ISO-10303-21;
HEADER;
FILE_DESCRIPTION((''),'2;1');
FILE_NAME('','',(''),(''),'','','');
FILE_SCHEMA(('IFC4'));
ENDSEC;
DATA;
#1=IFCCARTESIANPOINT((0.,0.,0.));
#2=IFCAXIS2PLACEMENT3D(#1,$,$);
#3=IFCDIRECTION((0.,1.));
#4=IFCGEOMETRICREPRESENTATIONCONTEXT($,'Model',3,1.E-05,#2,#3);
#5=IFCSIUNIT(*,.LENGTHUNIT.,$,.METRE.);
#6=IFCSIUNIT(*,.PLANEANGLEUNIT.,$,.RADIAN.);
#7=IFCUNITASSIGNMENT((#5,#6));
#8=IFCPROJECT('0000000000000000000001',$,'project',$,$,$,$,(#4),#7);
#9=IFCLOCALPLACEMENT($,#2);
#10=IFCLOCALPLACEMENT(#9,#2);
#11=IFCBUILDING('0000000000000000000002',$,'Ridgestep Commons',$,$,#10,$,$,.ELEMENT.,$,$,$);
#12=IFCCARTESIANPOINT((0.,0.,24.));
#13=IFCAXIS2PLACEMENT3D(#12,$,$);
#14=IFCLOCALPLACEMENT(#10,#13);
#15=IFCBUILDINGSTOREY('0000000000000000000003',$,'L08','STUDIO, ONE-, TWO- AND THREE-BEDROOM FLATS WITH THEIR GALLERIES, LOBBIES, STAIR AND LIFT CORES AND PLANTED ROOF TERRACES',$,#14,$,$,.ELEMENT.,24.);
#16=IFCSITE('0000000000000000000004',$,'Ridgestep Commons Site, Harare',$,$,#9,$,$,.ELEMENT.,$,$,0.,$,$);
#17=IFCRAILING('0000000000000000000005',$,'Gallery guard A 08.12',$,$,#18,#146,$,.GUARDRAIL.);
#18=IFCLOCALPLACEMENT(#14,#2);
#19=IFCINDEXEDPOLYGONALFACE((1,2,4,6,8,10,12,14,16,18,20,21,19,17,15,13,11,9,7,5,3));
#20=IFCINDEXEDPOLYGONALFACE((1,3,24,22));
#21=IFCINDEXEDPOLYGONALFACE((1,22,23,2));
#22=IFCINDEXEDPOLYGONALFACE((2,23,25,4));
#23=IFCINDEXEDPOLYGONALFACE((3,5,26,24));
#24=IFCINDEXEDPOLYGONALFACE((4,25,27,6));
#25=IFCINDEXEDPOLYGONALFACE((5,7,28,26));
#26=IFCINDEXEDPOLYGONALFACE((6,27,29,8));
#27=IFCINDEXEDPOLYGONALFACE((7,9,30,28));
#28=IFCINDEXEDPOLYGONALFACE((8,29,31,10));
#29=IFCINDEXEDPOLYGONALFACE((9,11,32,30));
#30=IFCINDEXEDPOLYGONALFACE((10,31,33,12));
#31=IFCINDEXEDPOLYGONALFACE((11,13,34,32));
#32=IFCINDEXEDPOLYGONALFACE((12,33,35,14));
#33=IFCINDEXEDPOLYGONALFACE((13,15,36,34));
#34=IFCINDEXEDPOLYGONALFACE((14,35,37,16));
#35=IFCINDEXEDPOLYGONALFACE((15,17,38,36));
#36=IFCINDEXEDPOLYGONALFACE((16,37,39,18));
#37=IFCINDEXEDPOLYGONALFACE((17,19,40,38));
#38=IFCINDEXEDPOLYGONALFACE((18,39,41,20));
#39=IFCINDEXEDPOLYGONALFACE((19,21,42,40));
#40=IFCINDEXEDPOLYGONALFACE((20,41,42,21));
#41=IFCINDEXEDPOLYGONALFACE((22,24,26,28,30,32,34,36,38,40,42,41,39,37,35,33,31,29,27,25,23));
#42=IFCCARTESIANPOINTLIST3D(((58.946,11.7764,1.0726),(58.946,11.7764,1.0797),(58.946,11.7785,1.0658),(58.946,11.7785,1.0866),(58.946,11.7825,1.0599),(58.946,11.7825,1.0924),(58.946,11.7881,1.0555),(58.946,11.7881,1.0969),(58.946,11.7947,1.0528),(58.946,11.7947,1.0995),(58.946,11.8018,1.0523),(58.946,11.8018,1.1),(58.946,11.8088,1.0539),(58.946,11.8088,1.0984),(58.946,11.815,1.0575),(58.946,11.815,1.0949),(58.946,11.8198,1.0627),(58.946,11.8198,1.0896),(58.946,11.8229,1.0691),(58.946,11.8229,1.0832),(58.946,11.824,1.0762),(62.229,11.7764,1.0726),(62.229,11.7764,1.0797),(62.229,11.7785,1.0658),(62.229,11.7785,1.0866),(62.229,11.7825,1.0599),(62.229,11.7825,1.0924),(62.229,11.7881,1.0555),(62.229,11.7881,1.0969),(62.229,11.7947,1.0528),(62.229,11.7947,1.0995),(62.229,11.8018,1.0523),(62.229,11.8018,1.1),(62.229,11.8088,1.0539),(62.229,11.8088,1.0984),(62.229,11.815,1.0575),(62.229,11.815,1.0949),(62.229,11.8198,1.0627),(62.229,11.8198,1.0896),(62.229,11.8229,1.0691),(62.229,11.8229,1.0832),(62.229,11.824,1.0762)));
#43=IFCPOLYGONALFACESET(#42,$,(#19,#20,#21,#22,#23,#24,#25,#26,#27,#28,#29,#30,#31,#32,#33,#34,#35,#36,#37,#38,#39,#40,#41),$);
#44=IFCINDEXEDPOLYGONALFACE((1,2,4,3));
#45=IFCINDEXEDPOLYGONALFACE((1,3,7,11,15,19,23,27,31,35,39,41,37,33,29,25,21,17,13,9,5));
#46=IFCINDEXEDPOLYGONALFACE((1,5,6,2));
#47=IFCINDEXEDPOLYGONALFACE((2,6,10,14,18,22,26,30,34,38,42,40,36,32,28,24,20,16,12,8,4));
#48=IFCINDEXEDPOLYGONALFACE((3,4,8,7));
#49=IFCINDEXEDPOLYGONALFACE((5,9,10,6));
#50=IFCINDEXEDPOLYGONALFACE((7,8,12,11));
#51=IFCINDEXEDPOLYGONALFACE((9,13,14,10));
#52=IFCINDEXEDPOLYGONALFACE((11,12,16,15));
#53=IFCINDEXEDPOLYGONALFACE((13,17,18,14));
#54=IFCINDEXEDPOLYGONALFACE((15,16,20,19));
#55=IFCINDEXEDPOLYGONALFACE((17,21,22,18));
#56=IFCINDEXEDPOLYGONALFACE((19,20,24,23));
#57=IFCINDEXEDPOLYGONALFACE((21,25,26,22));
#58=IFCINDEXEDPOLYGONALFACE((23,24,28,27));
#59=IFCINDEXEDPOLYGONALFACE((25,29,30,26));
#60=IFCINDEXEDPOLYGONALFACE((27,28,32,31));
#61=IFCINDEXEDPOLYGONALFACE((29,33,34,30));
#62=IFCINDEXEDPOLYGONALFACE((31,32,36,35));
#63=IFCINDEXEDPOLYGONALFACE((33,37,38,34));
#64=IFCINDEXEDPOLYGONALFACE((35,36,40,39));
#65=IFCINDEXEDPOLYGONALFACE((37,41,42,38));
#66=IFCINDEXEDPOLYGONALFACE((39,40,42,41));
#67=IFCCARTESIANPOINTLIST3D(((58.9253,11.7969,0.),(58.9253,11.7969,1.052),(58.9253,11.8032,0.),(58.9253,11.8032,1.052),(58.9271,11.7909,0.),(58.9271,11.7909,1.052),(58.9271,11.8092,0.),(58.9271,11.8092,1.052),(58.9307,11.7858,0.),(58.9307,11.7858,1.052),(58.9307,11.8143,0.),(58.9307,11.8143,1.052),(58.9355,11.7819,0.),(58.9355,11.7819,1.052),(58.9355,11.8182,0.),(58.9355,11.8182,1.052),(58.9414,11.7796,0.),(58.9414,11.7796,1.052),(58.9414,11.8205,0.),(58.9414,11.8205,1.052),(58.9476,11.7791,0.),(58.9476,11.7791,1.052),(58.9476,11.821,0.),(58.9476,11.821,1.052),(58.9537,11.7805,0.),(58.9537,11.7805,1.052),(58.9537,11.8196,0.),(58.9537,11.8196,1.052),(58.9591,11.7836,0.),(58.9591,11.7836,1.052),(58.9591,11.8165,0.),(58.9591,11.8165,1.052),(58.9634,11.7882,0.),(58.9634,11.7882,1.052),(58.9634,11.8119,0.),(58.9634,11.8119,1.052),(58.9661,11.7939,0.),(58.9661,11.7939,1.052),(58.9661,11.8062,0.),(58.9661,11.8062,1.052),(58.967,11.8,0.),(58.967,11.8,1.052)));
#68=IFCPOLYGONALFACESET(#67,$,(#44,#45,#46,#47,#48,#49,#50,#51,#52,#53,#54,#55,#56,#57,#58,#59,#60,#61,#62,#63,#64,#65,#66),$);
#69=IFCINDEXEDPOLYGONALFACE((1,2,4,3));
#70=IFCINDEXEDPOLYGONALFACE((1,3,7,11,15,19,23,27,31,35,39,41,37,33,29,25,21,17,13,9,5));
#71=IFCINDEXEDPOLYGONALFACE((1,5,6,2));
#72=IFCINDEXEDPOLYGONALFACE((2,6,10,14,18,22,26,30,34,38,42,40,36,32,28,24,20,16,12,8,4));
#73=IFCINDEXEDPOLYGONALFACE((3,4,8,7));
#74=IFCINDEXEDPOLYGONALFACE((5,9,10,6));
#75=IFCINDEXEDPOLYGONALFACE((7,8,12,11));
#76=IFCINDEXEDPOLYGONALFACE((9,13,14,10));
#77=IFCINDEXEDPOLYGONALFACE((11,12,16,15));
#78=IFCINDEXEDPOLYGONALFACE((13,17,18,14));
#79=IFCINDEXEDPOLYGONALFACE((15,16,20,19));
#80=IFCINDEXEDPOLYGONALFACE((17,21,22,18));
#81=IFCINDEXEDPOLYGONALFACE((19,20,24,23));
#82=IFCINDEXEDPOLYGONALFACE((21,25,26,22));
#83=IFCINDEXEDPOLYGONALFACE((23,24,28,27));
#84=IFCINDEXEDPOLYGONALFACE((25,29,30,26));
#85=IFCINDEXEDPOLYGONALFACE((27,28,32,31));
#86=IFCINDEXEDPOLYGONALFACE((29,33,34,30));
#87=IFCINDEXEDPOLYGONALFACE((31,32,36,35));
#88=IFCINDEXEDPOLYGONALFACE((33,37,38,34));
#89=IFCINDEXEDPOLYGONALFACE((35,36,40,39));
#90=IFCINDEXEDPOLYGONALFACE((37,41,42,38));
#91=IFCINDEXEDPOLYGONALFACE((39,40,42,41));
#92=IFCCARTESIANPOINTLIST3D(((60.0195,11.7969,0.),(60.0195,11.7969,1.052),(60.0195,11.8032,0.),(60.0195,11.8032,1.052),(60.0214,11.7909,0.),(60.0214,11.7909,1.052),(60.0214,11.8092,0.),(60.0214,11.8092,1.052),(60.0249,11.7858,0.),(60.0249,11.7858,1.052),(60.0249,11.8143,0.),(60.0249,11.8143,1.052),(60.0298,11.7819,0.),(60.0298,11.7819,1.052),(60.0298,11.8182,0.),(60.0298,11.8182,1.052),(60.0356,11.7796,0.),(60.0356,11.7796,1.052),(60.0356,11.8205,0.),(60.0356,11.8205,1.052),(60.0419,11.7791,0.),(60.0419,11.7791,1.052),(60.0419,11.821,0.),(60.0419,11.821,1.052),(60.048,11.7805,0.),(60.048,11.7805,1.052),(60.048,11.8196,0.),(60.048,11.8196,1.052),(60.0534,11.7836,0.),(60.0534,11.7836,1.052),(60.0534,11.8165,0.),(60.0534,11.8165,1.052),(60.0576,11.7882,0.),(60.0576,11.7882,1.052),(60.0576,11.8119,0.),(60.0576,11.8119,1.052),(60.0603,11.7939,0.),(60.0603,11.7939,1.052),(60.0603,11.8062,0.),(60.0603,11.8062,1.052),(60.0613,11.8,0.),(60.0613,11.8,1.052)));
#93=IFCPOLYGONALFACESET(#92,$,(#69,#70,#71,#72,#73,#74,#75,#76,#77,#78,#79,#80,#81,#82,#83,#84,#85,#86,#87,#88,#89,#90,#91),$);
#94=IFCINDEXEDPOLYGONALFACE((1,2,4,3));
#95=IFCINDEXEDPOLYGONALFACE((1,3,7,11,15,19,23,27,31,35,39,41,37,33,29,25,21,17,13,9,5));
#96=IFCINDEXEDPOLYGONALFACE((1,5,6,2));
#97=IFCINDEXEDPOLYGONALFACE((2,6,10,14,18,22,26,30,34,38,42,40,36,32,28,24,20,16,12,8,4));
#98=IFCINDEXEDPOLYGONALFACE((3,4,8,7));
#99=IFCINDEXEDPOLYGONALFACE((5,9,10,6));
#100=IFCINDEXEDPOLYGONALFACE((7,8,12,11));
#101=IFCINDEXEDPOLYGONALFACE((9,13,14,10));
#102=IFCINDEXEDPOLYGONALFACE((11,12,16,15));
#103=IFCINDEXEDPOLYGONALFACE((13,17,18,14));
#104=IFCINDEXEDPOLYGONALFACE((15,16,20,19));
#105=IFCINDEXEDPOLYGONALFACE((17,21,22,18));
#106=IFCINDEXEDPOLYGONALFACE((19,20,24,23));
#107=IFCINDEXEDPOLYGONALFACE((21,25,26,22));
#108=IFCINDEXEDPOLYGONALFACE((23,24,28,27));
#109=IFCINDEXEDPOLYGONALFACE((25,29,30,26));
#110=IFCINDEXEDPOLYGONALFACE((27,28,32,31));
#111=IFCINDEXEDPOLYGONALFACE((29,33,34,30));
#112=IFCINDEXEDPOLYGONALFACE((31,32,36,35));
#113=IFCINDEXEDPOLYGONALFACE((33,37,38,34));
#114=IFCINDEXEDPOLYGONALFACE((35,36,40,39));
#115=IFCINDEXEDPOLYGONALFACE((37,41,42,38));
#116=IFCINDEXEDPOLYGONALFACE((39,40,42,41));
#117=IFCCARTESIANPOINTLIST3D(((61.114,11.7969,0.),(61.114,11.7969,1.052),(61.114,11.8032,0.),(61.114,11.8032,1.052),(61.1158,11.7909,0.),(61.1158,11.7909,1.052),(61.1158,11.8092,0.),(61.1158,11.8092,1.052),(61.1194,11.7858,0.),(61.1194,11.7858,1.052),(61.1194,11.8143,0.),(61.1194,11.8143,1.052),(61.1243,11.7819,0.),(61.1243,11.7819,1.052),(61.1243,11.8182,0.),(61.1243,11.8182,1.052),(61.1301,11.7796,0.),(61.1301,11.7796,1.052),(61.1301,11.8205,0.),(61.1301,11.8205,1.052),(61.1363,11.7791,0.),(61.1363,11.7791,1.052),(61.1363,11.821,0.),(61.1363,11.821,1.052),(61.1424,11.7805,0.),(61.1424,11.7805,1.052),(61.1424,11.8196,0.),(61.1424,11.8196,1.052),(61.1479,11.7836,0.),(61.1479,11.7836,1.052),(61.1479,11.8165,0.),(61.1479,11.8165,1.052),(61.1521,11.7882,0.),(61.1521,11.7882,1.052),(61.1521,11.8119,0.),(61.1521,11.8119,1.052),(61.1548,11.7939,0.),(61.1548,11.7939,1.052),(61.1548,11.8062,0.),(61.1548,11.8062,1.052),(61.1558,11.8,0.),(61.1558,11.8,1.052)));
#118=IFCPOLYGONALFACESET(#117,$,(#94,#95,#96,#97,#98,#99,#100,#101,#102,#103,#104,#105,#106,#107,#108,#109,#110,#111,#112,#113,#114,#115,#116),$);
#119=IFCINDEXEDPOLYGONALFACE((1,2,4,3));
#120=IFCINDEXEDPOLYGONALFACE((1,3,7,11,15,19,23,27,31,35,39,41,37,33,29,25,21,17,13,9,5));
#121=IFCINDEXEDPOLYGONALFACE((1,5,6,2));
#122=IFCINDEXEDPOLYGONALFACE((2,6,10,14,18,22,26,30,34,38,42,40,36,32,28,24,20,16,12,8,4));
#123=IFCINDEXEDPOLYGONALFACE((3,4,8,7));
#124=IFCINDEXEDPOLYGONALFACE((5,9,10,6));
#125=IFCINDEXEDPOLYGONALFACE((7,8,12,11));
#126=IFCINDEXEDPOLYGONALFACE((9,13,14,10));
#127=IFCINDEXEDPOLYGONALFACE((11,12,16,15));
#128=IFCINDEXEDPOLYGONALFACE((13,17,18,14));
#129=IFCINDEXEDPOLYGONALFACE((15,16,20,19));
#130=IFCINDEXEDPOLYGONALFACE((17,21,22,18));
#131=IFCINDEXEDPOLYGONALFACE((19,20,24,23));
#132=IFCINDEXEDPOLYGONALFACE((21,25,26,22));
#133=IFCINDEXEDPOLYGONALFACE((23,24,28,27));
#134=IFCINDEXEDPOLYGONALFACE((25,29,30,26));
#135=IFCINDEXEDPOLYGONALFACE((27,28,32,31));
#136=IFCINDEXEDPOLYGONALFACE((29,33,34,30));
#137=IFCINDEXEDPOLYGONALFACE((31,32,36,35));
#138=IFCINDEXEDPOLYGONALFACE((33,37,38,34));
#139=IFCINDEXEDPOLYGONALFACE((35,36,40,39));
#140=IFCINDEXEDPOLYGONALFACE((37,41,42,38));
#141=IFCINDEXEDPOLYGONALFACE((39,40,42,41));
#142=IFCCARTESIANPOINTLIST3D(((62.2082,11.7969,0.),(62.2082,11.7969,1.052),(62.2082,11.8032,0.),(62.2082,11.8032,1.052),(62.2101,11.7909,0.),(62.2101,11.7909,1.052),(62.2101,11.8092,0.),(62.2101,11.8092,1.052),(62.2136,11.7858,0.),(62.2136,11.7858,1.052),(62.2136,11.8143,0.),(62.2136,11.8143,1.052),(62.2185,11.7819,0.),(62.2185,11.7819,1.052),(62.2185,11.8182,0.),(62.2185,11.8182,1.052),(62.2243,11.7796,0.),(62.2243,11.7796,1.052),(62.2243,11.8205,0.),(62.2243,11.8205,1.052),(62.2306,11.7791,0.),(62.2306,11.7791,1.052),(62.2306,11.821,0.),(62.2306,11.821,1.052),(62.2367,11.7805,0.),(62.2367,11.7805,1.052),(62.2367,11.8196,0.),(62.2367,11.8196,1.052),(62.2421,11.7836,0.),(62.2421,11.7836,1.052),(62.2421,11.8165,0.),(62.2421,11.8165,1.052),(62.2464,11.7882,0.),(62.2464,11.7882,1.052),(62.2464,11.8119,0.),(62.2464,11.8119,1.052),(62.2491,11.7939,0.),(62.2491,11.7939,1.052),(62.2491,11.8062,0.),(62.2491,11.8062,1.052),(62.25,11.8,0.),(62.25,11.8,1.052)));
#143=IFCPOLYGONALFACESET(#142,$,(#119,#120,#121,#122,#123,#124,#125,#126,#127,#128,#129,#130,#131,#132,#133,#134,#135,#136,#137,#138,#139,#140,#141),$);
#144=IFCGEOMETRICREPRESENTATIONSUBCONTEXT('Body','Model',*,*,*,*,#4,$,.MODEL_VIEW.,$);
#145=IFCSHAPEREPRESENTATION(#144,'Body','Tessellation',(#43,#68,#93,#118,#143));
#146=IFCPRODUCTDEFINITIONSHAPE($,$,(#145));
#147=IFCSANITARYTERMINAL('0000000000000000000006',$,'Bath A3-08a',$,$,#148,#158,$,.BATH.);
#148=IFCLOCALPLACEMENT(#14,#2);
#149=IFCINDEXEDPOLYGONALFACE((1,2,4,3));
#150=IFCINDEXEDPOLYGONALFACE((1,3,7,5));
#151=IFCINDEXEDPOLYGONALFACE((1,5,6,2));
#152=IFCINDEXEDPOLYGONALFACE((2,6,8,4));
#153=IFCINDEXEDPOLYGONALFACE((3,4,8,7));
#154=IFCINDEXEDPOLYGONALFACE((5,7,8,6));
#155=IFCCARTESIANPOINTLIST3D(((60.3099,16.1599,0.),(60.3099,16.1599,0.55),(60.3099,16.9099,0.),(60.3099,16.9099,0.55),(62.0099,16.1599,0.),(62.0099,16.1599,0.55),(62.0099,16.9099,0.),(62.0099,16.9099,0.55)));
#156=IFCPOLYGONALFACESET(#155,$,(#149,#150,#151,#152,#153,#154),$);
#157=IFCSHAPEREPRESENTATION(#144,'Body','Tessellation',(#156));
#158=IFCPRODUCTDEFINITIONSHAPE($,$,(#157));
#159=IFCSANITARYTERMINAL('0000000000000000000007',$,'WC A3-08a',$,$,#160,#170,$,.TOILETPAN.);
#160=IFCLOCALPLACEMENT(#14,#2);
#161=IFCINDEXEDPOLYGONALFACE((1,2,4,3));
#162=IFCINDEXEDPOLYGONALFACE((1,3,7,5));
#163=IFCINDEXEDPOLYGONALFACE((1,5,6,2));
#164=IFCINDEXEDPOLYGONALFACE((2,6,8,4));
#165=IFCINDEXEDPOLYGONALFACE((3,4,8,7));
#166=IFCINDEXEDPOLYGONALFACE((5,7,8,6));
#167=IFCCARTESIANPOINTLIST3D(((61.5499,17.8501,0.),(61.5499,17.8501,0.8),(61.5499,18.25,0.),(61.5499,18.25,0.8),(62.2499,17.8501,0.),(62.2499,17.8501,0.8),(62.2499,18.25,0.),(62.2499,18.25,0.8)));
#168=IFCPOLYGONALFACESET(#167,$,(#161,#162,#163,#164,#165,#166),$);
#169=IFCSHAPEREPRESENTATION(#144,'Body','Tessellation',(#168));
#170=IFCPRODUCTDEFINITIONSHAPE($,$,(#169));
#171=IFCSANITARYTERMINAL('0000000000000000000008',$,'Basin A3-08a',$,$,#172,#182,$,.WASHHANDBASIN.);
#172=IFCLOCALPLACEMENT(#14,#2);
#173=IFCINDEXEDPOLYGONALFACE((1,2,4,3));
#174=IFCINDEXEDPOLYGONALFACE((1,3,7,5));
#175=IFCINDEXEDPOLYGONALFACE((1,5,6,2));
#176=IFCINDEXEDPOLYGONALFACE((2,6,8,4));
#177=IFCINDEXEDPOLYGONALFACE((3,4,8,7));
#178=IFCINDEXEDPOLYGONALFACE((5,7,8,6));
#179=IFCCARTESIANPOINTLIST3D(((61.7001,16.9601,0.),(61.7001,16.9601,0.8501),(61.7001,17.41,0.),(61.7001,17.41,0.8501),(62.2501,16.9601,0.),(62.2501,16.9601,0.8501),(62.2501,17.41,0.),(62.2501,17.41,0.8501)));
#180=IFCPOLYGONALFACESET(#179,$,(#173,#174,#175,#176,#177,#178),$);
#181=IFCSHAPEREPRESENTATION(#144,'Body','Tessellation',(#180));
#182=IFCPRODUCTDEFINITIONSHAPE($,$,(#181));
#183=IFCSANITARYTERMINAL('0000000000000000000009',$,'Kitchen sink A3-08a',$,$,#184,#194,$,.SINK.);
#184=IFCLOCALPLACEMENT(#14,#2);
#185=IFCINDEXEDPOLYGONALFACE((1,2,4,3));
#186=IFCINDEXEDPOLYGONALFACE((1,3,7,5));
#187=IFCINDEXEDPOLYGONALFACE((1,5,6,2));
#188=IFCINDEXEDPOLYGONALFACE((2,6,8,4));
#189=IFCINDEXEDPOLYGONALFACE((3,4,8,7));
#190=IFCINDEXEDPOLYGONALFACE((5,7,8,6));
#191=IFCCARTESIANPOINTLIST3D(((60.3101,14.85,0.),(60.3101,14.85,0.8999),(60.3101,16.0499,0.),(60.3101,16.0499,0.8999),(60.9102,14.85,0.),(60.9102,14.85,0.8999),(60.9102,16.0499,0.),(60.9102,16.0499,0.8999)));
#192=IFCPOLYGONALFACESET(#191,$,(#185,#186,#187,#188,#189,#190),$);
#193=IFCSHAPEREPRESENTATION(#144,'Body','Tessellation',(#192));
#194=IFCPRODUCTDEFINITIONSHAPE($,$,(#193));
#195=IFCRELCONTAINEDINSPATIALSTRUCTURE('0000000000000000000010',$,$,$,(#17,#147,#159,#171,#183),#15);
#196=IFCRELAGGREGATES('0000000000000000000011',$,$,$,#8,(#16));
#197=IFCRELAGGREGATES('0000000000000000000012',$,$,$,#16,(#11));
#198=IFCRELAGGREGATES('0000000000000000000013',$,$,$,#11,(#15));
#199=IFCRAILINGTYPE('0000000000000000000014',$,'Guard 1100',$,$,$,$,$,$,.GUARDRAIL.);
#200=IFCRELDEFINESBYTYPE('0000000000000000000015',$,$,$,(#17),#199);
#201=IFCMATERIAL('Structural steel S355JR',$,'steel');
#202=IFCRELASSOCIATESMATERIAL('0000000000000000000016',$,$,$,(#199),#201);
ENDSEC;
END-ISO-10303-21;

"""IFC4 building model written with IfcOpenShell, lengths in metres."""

from ifc_helpers import new_model, si_unit, direction, frame, origin, origin_2d, place, context, subcontext, project, spatial, rectangle, circle, extrude, material, type_object, element, save


model = new_model("IFC4")

# Units and contexts
model_context = context("Model", 3, precision=1e-05, world=origin(), true_north=direction((0.0, 1.0)))
body_context = subcontext(model_context, "Body", "Model", "MODEL_VIEW")
ifc_project = project(units=[si_unit("LENGTHUNIT", "METRE"), si_unit("PLANEANGLEUNIT", "RADIAN")], contexts=[model_context])

# Site, building, storey
site_placement = place(None, origin())
site = spatial("IfcSite", under=ifc_project, at=site_placement, Name="Ridgestep Commons Site, Harare", CompositionType="ELEMENT", RefElevation=0.0)
building_placement = place(site_placement, origin())
building = spatial("IfcBuilding", under=site, at=building_placement, Name="Ridgestep Commons", CompositionType="ELEMENT")
storey_placement = place(building_placement, frame((0.0, 0.0, 24.0)))
storey = spatial("IfcBuildingStorey", under=building, at=storey_placement, Name="L08", Description="STUDIO, ONE-, TWO- AND THREE-BEDROOM FLATS WITH THEIR GALLERIES, LOBBIES, STAIR AND LIFT CORES AND PLANTED ROOF TERRACES", CompositionType="ELEMENT", Elevation=24.0)

# Railing
ifc_material_1 = material(Name="Structural steel S355JR", Category="steel")
railing_type = type_object("IfcRailingType", Name="Guard 1100", PredefinedType="GUARDRAIL", material=ifc_material_1)
railing_placement = place(storey_placement, frame((58.946, 11.8, 0.0)))
element("IfcRailing", 1, at=railing_placement, inside=storey, type_object=railing_type, Name="Gallery guard A 08.12", PredefinedType="GUARDRAIL", context=body_context, shape_type="SweptSolid", body=[
    extrude(circle(Radius=0.0239, at=origin_2d()), frame((0.0, 0.0, 1.0762), z_axis=(1.0, 0.0, 0.0), x_axis=(0.0, 1.0, 0.0)), (0.0, 0.0, 1.0), 3.283),
    extrude(circle(Radius=0.021, at=origin_2d()), origin(), (0.0, 0.0, 1.0), 1.052),
    extrude(circle(Radius=0.021, at=origin_2d()), frame((1.0942, 0.0, 0.0)), (0.0, 0.0, 1.0), 1.052),
    extrude(circle(Radius=0.021, at=origin_2d()), frame((2.1887, 0.0, 0.0)), (0.0, 0.0, 1.0), 1.052),
    extrude(circle(Radius=0.021, at=origin_2d()), frame((3.283, 0.0, 0.0)), (0.0, 0.0, 1.0), 1.052),
])

# Sanitary terminals
sanitary_terminal_1_placement = place(storey_placement, frame((61.1599, 16.5349, 0.0), z_axis=(0.0, 0.0, 1.0), x_axis=(1.0, 0.0, 0.0)))
element("IfcSanitaryTerminal", 2, at=sanitary_terminal_1_placement, inside=storey, Name="Bath A3-08a", PredefinedType="BATH", context=body_context, shape_type="SweptSolid", body=[
    extrude(rectangle(XDim=1.7, YDim=0.75, at=origin_2d()), origin(), (0.0, 0.0, 1.0), 0.55),
])
sanitary_terminal_2_placement = place(storey_placement, frame((61.8999, 18.05, 0.0), z_axis=(0.0, 0.0, 1.0), x_axis=(1.0, 0.0, 0.0)))
element("IfcSanitaryTerminal", 3, at=sanitary_terminal_2_placement, inside=storey, Name="WC A3-08a", PredefinedType="TOILETPAN", context=body_context, shape_type="SweptSolid", body=[
    extrude(rectangle(XDim=0.7, YDim=0.3999, at=origin_2d()), origin(), (0.0, 0.0, 1.0), 0.8),
])
sanitary_terminal_3_placement = place(storey_placement, frame((61.9751, 17.1851, 0.0), z_axis=(0.0, 0.0, 1.0), x_axis=(1.0, 0.0, 0.0)))
element("IfcSanitaryTerminal", 4, at=sanitary_terminal_3_placement, inside=storey, Name="Basin A3-08a", PredefinedType="WASHHANDBASIN", context=body_context, shape_type="SweptSolid", body=[
    extrude(rectangle(XDim=0.55, YDim=0.45, at=origin_2d()), origin(), (0.0, 0.0, 1.0), 0.8501),
])
sanitary_terminal_4_placement = place(storey_placement, frame((60.6101, 15.45, 0.0), z_axis=(0.0, 0.0, 1.0), x_axis=(1.0, 0.0, 0.0)))
element("IfcSanitaryTerminal", 5, at=sanitary_terminal_4_placement, inside=storey, Name="Kitchen sink A3-08a", PredefinedType="SINK", context=body_context, shape_type="SweptSolid", body=[
    extrude(rectangle(XDim=0.6001, YDim=1.2, at=origin_2d()), origin(), (0.0, 0.0, 1.0), 0.8999),
])

save(model, "model.ifc")
